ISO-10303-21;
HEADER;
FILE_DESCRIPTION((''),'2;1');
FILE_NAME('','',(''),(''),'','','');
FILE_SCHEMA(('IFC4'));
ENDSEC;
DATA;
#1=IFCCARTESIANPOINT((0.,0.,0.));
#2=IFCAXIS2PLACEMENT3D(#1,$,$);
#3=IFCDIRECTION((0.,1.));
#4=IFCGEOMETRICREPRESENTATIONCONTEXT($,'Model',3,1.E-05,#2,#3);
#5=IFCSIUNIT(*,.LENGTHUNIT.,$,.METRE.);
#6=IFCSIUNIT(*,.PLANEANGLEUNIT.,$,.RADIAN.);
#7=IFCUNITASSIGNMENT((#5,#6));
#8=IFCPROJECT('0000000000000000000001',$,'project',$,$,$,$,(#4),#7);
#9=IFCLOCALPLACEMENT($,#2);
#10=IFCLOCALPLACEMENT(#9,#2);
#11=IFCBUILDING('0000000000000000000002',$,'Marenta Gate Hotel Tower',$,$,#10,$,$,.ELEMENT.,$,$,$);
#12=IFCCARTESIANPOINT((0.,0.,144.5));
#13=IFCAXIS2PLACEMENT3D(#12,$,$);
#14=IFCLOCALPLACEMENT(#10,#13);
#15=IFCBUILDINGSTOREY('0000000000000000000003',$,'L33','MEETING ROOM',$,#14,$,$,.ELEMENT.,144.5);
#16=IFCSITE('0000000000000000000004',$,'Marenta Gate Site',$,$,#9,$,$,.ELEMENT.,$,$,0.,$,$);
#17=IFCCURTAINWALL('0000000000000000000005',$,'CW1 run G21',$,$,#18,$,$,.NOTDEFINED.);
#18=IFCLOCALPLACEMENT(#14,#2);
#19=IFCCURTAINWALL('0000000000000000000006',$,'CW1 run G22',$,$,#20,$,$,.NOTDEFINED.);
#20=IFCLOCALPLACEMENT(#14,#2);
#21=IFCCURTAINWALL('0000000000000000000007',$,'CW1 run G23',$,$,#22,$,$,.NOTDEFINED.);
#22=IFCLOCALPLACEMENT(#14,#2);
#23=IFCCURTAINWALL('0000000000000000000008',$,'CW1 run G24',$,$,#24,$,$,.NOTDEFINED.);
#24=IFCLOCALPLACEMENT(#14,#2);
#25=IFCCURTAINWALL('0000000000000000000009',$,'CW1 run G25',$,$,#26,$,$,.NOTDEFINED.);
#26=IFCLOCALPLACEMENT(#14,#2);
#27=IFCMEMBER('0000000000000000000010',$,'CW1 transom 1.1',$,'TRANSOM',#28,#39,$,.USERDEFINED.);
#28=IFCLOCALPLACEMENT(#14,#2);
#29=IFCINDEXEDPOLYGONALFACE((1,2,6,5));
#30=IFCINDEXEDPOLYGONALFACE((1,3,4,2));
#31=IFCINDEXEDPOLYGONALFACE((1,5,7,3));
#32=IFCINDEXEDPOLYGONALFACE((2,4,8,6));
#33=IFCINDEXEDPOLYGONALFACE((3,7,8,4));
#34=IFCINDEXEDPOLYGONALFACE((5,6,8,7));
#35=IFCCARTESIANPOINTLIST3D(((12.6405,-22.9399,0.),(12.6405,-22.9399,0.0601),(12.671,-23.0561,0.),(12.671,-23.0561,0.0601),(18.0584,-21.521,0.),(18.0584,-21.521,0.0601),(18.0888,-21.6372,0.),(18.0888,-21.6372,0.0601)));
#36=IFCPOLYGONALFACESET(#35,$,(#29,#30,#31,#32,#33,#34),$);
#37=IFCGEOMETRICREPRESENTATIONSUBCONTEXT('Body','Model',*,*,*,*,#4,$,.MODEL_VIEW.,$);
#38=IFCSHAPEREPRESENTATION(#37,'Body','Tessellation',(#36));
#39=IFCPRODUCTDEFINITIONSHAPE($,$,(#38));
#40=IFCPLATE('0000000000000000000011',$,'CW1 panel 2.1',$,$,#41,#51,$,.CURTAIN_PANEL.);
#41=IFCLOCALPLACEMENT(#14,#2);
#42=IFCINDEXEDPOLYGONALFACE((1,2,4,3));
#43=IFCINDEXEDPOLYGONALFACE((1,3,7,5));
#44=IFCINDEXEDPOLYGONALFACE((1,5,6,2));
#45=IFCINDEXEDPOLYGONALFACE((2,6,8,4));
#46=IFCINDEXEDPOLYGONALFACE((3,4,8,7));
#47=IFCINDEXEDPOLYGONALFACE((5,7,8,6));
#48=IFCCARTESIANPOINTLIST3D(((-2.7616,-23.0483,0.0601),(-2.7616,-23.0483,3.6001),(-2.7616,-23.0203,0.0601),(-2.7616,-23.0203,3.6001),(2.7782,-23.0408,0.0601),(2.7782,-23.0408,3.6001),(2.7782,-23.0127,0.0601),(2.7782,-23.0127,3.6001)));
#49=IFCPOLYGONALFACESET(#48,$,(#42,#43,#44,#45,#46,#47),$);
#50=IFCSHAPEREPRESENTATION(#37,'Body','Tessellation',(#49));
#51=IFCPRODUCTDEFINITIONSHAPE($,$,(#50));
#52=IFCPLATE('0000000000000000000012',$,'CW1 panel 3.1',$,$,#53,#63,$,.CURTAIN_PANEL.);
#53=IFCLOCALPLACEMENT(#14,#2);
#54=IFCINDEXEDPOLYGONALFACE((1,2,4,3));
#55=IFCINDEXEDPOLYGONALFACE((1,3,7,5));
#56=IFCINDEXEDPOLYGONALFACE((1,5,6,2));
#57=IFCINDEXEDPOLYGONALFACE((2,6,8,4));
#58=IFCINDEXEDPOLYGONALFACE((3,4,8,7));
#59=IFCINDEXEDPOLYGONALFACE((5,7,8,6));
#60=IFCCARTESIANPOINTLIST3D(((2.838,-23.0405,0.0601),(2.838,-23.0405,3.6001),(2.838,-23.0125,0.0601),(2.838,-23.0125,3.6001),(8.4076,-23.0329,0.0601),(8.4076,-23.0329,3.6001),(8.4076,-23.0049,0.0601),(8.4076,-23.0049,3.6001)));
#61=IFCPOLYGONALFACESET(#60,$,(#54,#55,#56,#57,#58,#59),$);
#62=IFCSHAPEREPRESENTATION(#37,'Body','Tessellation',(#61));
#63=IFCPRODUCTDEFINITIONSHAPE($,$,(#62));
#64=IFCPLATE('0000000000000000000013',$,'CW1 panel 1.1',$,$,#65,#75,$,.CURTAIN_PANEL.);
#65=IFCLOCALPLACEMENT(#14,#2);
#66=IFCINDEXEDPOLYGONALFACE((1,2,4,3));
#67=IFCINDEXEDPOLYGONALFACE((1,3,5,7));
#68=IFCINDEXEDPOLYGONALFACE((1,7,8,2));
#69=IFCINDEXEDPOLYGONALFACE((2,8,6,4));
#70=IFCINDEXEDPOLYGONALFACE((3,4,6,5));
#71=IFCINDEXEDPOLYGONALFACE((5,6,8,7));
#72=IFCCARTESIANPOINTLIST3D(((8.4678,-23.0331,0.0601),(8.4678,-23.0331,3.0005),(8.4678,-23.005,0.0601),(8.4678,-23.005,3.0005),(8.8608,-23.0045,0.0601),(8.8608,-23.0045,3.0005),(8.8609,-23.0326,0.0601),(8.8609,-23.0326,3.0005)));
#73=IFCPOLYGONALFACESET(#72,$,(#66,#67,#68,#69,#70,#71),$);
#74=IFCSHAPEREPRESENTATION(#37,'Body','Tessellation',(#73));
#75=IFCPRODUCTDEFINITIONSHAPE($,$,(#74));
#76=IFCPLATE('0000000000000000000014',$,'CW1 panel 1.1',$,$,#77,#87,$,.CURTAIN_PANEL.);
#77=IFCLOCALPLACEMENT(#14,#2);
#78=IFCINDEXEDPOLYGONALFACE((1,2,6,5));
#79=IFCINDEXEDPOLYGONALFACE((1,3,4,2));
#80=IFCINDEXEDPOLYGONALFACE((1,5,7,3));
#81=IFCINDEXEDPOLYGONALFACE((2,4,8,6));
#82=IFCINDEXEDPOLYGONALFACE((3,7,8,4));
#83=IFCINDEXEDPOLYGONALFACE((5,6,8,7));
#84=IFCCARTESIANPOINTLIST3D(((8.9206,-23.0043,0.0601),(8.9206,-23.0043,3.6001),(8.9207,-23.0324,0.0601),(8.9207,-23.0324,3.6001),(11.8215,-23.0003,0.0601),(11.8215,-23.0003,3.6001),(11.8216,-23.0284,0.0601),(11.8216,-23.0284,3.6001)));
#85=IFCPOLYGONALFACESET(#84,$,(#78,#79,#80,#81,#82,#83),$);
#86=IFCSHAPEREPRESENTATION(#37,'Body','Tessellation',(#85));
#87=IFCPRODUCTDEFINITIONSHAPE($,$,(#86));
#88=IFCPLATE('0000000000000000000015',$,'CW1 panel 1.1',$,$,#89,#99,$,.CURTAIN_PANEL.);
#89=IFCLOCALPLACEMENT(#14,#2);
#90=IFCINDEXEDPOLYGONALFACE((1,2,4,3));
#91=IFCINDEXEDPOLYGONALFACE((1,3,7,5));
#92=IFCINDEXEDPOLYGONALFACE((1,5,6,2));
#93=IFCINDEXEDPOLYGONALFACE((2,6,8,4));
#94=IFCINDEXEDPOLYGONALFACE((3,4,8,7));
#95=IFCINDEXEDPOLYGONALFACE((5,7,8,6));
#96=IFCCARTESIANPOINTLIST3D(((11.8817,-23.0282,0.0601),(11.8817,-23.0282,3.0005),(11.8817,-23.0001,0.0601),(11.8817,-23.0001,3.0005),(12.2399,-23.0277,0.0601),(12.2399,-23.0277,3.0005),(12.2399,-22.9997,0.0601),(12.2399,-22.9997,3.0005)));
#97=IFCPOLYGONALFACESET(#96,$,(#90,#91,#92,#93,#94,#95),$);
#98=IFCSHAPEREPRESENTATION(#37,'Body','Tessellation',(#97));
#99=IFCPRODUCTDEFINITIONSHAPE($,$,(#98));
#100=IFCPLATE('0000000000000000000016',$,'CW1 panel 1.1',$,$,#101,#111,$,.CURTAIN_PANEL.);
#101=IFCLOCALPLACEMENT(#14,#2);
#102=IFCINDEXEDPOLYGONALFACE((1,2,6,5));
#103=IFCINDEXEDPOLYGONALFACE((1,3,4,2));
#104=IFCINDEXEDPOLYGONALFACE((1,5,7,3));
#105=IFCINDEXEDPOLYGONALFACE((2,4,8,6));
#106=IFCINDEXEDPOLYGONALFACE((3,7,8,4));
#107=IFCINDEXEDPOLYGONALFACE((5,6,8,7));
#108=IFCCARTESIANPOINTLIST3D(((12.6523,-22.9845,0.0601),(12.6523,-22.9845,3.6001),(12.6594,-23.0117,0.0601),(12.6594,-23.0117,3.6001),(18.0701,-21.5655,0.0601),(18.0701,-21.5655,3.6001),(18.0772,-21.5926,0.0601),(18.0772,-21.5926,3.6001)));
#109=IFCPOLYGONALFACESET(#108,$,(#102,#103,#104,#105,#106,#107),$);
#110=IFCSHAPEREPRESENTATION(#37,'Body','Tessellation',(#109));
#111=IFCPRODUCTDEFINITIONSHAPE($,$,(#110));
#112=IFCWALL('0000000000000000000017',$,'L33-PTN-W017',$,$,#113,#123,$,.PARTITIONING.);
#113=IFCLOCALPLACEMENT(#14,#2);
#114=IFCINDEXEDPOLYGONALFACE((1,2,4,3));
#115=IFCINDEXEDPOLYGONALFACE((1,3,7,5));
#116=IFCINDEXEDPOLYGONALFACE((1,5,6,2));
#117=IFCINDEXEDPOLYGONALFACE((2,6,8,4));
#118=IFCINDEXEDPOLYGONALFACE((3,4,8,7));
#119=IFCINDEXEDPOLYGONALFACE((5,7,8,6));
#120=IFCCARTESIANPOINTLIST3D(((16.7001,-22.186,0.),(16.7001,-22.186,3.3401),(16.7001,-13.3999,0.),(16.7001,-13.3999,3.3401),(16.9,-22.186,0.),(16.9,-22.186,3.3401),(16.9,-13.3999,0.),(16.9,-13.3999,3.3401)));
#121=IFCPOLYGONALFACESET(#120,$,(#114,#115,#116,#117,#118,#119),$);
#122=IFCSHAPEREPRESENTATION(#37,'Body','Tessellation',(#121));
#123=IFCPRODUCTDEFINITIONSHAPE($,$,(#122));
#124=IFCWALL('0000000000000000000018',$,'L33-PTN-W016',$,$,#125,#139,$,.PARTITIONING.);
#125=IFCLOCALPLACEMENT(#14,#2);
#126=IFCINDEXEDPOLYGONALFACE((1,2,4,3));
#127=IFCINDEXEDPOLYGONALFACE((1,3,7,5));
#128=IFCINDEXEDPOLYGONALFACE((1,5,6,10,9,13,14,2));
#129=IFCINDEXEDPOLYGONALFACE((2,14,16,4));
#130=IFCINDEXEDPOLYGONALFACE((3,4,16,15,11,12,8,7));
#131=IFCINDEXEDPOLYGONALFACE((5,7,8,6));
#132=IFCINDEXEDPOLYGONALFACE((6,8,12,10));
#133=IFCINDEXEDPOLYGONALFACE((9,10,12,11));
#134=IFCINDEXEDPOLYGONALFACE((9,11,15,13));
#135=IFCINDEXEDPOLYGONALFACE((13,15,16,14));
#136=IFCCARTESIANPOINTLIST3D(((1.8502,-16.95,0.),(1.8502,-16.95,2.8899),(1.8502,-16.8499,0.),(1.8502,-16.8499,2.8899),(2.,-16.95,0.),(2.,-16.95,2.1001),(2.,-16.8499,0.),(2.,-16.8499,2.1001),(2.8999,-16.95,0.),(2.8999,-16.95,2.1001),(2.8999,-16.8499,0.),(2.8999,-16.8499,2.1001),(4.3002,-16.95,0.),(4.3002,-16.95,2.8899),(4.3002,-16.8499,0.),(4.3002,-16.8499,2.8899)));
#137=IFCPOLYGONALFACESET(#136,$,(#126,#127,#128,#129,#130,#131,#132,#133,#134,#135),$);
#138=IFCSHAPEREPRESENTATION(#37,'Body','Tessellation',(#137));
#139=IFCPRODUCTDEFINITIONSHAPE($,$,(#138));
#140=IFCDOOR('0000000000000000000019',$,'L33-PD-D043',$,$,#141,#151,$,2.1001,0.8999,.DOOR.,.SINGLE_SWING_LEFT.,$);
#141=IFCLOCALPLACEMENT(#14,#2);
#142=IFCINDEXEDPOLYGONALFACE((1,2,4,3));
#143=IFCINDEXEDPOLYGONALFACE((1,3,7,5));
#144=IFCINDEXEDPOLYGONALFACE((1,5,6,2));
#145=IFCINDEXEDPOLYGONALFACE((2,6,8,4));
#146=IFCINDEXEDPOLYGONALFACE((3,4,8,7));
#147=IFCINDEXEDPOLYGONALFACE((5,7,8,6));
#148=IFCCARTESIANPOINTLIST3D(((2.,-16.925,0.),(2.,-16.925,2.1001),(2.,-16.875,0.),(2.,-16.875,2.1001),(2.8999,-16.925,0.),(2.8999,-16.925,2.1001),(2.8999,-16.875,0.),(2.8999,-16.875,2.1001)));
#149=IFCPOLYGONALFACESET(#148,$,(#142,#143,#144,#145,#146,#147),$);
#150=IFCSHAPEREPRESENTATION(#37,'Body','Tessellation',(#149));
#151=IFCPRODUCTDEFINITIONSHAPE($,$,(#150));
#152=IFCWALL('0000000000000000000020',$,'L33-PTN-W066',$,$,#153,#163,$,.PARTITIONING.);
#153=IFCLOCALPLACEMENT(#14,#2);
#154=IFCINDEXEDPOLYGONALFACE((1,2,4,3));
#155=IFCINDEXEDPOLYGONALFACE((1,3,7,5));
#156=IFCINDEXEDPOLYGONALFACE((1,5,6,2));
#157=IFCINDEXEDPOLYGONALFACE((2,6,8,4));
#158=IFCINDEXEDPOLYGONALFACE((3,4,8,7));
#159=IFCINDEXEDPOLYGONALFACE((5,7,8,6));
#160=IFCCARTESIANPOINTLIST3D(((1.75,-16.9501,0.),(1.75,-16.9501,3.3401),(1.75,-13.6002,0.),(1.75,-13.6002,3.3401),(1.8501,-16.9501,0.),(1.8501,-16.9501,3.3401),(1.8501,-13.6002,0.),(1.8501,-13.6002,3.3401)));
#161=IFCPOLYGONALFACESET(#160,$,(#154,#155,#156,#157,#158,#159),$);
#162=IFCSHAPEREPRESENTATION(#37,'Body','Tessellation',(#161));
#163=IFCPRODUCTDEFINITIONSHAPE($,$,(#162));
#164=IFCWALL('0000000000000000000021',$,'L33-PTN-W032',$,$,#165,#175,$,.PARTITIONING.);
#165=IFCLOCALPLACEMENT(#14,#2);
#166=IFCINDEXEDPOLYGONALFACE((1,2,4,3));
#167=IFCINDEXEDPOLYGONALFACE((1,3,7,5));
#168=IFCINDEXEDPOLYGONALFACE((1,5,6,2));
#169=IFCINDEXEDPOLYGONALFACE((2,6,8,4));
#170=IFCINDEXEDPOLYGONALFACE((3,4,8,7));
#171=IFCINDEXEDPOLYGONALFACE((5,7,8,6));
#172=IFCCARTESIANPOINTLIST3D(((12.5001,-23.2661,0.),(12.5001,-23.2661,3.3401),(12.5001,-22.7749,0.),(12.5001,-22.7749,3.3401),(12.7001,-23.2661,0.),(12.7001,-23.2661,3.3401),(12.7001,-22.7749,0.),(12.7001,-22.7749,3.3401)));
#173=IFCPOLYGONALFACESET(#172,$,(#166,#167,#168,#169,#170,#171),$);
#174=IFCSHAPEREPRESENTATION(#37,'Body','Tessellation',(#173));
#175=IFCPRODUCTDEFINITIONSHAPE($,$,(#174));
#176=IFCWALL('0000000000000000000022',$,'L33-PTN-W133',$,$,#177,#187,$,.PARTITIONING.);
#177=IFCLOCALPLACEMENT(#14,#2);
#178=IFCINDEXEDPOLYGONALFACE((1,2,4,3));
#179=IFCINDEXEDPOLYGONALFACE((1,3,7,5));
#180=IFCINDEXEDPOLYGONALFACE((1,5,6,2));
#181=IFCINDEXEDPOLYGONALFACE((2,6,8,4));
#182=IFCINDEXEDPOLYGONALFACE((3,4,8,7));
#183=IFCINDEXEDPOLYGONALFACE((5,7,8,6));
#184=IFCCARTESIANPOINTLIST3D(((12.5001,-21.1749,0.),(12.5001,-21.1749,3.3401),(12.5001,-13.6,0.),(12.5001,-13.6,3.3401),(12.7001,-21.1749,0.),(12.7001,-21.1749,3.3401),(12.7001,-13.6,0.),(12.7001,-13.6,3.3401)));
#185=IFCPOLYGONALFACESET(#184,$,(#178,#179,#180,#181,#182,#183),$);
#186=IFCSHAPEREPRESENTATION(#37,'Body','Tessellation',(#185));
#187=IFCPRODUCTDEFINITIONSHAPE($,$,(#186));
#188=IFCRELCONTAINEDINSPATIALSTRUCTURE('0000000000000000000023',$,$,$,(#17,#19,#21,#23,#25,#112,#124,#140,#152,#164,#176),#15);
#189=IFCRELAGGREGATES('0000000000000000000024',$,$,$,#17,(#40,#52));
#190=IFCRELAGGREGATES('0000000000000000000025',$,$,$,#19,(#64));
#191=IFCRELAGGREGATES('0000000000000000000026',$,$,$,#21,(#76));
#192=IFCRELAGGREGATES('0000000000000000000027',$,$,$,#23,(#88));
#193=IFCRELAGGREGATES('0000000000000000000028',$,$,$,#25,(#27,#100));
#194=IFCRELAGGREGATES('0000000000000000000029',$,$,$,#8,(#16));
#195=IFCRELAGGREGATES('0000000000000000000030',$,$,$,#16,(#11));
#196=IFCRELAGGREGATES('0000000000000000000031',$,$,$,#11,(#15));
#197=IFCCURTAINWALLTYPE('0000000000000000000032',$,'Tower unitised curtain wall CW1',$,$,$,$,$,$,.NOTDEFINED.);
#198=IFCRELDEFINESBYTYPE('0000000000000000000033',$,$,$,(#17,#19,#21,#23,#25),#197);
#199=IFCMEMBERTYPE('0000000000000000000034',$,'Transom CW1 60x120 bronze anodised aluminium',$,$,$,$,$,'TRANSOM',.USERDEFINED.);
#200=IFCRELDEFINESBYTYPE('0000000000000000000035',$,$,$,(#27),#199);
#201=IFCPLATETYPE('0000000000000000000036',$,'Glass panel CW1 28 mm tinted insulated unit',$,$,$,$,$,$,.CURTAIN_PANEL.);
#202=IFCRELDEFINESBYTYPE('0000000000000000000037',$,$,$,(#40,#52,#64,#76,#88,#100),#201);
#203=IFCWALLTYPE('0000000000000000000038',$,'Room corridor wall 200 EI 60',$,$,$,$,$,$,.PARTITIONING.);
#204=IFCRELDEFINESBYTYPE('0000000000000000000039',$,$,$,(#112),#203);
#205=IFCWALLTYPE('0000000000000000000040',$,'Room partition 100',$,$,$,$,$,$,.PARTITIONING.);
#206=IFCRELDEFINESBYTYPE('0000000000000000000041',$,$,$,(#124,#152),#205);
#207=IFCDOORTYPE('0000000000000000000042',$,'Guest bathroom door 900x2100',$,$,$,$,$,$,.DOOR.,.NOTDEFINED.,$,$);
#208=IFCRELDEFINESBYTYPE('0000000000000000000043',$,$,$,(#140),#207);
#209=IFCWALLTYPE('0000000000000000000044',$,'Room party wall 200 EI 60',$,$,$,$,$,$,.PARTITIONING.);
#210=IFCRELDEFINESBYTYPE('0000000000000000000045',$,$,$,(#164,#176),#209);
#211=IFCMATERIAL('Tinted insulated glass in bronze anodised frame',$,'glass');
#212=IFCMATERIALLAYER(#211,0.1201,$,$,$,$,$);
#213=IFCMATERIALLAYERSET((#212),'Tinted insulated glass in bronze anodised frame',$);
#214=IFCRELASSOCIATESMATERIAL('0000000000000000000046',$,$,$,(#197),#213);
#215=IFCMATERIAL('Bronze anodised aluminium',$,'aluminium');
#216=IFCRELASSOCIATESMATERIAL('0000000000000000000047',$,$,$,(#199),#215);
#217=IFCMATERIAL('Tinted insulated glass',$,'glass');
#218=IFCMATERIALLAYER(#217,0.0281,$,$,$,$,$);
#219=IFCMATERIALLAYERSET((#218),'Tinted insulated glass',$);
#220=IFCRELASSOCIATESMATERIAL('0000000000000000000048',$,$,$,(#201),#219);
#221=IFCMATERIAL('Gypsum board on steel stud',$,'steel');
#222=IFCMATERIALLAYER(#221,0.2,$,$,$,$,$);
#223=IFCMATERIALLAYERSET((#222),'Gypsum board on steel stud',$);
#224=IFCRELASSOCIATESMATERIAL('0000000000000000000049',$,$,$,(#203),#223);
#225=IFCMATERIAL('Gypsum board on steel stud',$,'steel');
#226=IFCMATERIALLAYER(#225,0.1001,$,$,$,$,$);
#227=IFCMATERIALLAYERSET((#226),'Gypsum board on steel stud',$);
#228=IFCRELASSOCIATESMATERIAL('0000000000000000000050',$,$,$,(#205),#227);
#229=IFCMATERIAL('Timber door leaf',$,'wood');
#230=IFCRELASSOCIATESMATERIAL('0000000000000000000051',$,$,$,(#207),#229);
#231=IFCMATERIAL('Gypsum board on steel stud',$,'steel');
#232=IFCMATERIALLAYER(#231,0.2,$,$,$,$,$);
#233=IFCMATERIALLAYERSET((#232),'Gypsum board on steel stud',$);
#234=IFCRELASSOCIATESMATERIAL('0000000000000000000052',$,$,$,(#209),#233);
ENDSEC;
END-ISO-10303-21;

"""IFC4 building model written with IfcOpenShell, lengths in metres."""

from ifc_helpers import new_model, si_unit, direction, frame, frame_2d, origin, origin_2d, place, context, subcontext, project, spatial, rectangle, extrude, material, layer, layer_set, material_profile, profile_set, type_object, element, fill, aggregate, save


model = new_model("IFC4")

# Units and contexts
model_context = context("Model", 3, precision=1e-05, world=origin(), true_north=direction((0.0, 1.0)))
body_context = subcontext(model_context, "Body", "Model", "MODEL_VIEW")
ifc_project = project(units=[si_unit("LENGTHUNIT", "METRE"), si_unit("PLANEANGLEUNIT", "RADIAN")], contexts=[model_context])

# Site, building, storey
site_placement = place(None, origin())
site = spatial("IfcSite", under=ifc_project, at=site_placement, Name="Marenta Gate Site", CompositionType="ELEMENT", RefElevation=0.0)
building_placement = place(site_placement, origin())
building = spatial("IfcBuilding", under=site, at=building_placement, Name="Marenta Gate Hotel Tower", CompositionType="ELEMENT")
storey_placement = place(building_placement, frame((0.0, 0.0, 144.5)))
storey = spatial("IfcBuildingStorey", under=building, at=storey_placement, Name="L33", Description="MEETING ROOM", CompositionType="ELEMENT", Elevation=144.5)

# Curtain walls
ifc_material_1 = material(Name="Tinted insulated glass in bronze anodised frame", Category="glass")
ifc_layer_1 = layer(ifc_material_1, 0.1201)
ifc_layer_set_1 = layer_set([ifc_layer_1], Name="Tinted insulated glass in bronze anodised frame")
curtain_wall_type = type_object("IfcCurtainWallType", Name="Tower unitised curtain wall CW1", PredefinedType="NOTDEFINED", material=ifc_layer_set_1)
curtain_wall_1_placement = place(storey_placement, origin())
curtain_wall_1 = element("IfcCurtainWall", 1, at=curtain_wall_1_placement, inside=storey, type_object=curtain_wall_type, Name="CW1 run G21", PredefinedType="NOTDEFINED")
curtain_wall_2_placement = place(storey_placement, origin())
curtain_wall_2 = element("IfcCurtainWall", 2, at=curtain_wall_2_placement, inside=storey, type_object=curtain_wall_type, Name="CW1 run G22", PredefinedType="NOTDEFINED")
curtain_wall_3_placement = place(storey_placement, origin())
curtain_wall_3 = element("IfcCurtainWall", 3, at=curtain_wall_3_placement, inside=storey, type_object=curtain_wall_type, Name="CW1 run G23", PredefinedType="NOTDEFINED")

# Curtain wall
curtain_wall_4_placement = place(storey_placement, origin())
curtain_wall_4 = element("IfcCurtainWall", 4, at=curtain_wall_4_placement, inside=storey, type_object=curtain_wall_type, Name="CW1 run G24", PredefinedType="NOTDEFINED")

# Curtain wall
curtain_wall_5_placement = place(storey_placement, origin())
curtain_wall_5 = element("IfcCurtainWall", 5, at=curtain_wall_5_placement, inside=storey, type_object=curtain_wall_type, Name="CW1 run G25", PredefinedType="NOTDEFINED")

# Member
ifc_material_2 = material(Name="Bronze anodised aluminium", Category="aluminium")
ifc_material_profile_1 = material_profile(ifc_material_2, rectangle(XDim=0.1201, YDim=0.0601, at=origin_2d()), Name="Transom CW1 60x120 bronze anodised aluminium")
ifc_profile_set_1 = profile_set([ifc_material_profile_1], Name="Bronze anodised aluminium")
member_type_1 = type_object("IfcMemberType", Name="Transom CW1 60x120 bronze anodised aluminium", ElementType="TRANSOM", PredefinedType="USERDEFINED", material=ifc_profile_set_1)
member_1_placement = place(storey_placement, frame((12.6558, -22.998, 0.03), z_axis=(0.967374, 0.253352, 0.0), x_axis=(-0.253352, 0.967374, 0.0)))
member_1 = element("IfcMember", 6, at=member_1_placement, type_object=member_type_1, Name="CW1 transom 1.1", ObjectType="TRANSOM", PredefinedType="USERDEFINED", context=body_context, shape_type="SweptSolid", body=[
    extrude(rectangle(XDim=0.1201, YDim=0.0601, at=origin_2d()), origin(), (0.0, 0.0, 1.0), 5.6006),
])

# Plates
ifc_material_3 = material(Name="Tinted insulated glass", Category="glass")
ifc_layer_2 = layer(ifc_material_3, 0.0281)
ifc_layer_set_2 = layer_set([ifc_layer_2], Name="Tinted insulated glass")
plate_type = type_object("IfcPlateType", Name="Glass panel CW1 28 mm tinted insulated unit", PredefinedType="CURTAIN_PANEL", material=ifc_layer_set_2)
plate_1_placement = place(storey_placement, frame((0.0083, -23.0305, 0.0601), z_axis=(0.0, 0.0, 1.0), x_axis=(0.999999, 0.001363, 0.0)))
plate_1 = element("IfcPlate", 7, at=plate_1_placement, type_object=plate_type, Name="CW1 panel 2.1", PredefinedType="CURTAIN_PANEL", context=body_context, shape_type="SweptSolid", body=[
    extrude(rectangle(XDim=5.5398, YDim=0.0281, at=origin_2d()), origin(), (0.0, 0.0, 1.0), 3.54),
])
plate_2_placement = place(storey_placement, frame((5.6228, -23.0227, 0.0601), z_axis=(0.0, 0.0, 1.0), x_axis=(0.999999, 0.001363, 0.0)))
plate_2 = element("IfcPlate", 8, at=plate_2_placement, type_object=plate_type, Name="CW1 panel 3.1", PredefinedType="CURTAIN_PANEL", context=body_context, shape_type="SweptSolid", body=[
    extrude(rectangle(XDim=5.5696, YDim=0.0281, at=origin_2d()), origin(), (0.0, 0.0, 1.0), 3.54),
])
aggregate(curtain_wall_1, [plate_1, plate_2])
plate_3_placement = place(storey_placement, frame((8.6643, -23.0188, 0.0601), z_axis=(0.0, 0.0, 1.0), x_axis=(0.999999, 0.001325, 0.0)))
plate_3 = element("IfcPlate", 9, at=plate_3_placement, type_object=plate_type, Name="CW1 panel 1.1", PredefinedType="CURTAIN_PANEL", context=body_context, shape_type="SweptSolid", body=[
    extrude(rectangle(XDim=0.3931, YDim=0.0281, at=origin_2d()), origin(), (0.0, 0.0, 1.0), 2.9404),
])
aggregate(curtain_wall_2, [plate_3])
plate_4_placement = place(storey_placement, frame((10.3711, -23.0164, 0.0601), z_axis=(0.0, 0.0, 1.0), x_axis=(0.999999, 0.001385, 0.0)))
plate_4 = element("IfcPlate", 10, at=plate_4_placement, type_object=plate_type, Name="CW1 panel 1.1", PredefinedType="CURTAIN_PANEL", context=body_context, shape_type="SweptSolid", body=[
    extrude(rectangle(XDim=2.9009, YDim=0.0281, at=origin_2d()), origin(), (0.0, 0.0, 1.0), 3.54),
])
aggregate(curtain_wall_3, [plate_4])
plate_5_placement = place(storey_placement, frame((12.0608, -23.0139, 0.0601), z_axis=(0.0, 0.0, 1.0), x_axis=(0.999999, 0.001255, 0.0)))
plate_5 = element("IfcPlate", 11, at=plate_5_placement, type_object=plate_type, Name="CW1 panel 1.1", PredefinedType="CURTAIN_PANEL", context=body_context, shape_type="SweptSolid", body=[
    extrude(rectangle(XDim=0.3582, YDim=0.0281, at=origin_2d()), origin(), (0.0, 0.0, 1.0), 2.9404),
])
aggregate(curtain_wall_4, [plate_5])
plate_6_placement = place(storey_placement, frame((15.3647, -22.2886, 0.0601), z_axis=(0.0, 0.0, 1.0), x_axis=(0.967368, 0.253374, 0.0)))
plate_6 = element("IfcPlate", 12, at=plate_6_placement, type_object=plate_type, Name="CW1 panel 1.1", PredefinedType="CURTAIN_PANEL", context=body_context, shape_type="SweptSolid", body=[
    extrude(rectangle(XDim=5.6006, YDim=0.0281, at=origin_2d()), origin(), (0.0, 0.0, 1.0), 3.54),
])
aggregate(curtain_wall_5, [member_1, plate_6])

# Wall
ifc_material_4 = material(Name="Gypsum board on steel stud", Category="steel")
ifc_layer_3 = layer(ifc_material_4, 0.2)
ifc_layer_set_3 = layer_set([ifc_layer_3], Name="Gypsum board on steel stud")
wall_type_1 = type_object("IfcWallType", Name="Room corridor wall 200 EI 60", PredefinedType="PARTITIONING", material=ifc_layer_set_3)
wall_1_placement = place(storey_placement, frame((16.8, -22.186, 0.0), z_axis=(0.0, 0.0, 1.0), x_axis=(0.0, 1.0, 0.0)))
element("IfcWall", 13, at=wall_1_placement, inside=storey, type_object=wall_type_1, Name="L33-PTN-W017", PredefinedType="PARTITIONING", context=body_context, shape_type="SweptSolid", body=[
    extrude(rectangle(XDim=8.7861, YDim=0.2, at=frame_2d((4.3931, 0.0))), origin(), (0.0, 0.0, 1.0), 3.3401),
])

# Wall, opening, door
ifc_material_5 = material(Name="Gypsum board on steel stud", Category="steel")
ifc_layer_4 = layer(ifc_material_5, 0.1001)
ifc_layer_set_4 = layer_set([ifc_layer_4], Name="Gypsum board on steel stud")
wall_type_2 = type_object("IfcWallType", Name="Room partition 100", PredefinedType="PARTITIONING", material=ifc_layer_set_4)
wall_2_placement = place(storey_placement, frame((1.8501, -16.8999, 0.0), z_axis=(0.0, 0.0, 1.0), x_axis=(1.0, 0.0, 0.0)))
wall_2 = element("IfcWall", 14, at=wall_2_placement, inside=storey, type_object=wall_type_2, Name="L33-PTN-W016", PredefinedType="PARTITIONING", context=body_context, shape_type="SweptSolid", body=[
    extrude(rectangle(XDim=2.45, YDim=0.1001, at=frame_2d((1.2251, 0.0))), origin(), (0.0, 0.0, 1.0), 2.8899),
])
opening_placement = place(wall_2_placement, frame((0.1499, 0.0, 0.0)))
opening = element("IfcOpeningElement", 15, at=opening_placement, cuts=wall_2, PredefinedType="OPENING", context=body_context, shape_type="SweptSolid", body=[
    extrude(rectangle(XDim=0.8999, YDim=2.1001, at=frame_2d((0.45, 1.05))), frame((0.0, 0.05, 0.0), z_axis=(0.0, -1.0, 0.0), x_axis=(1.0, 0.0, 0.0)), (0.0, 0.0, 1.0), 0.1001),
])
ifc_material_6 = material(Name="Timber door leaf", Category="wood")
door_type = type_object("IfcDoorType", Name="Guest bathroom door 900x2100", OperationType="NOTDEFINED", PredefinedType="DOOR", material=ifc_material_6)
door_placement = place(opening_placement, origin())
door = element("IfcDoor", 16, at=door_placement, inside=storey, type_object=door_type, Name="L33-PD-D043", OperationType="SINGLE_SWING_LEFT", OverallHeight=2.1001, OverallWidth=0.8999, PredefinedType="DOOR", context=body_context, shape_type="SweptSolid", body=[
    extrude(rectangle(XDim=0.8999, YDim=2.1001, at=frame_2d((0.45, 1.05))), frame((0.0, 0.0249, 0.0), z_axis=(0.0, -1.0, 0.0), x_axis=(1.0, 0.0, 0.0)), (0.0, 0.0, 1.0), 0.05),
])
fill(opening, door)

# Walls
wall_3_placement = place(storey_placement, frame((1.8, -16.95, 0.0), z_axis=(0.0, 0.0, 1.0), x_axis=(0.0, 1.0, 0.0)))
element("IfcWall", 17, at=wall_3_placement, inside=storey, type_object=wall_type_2, Name="L33-PTN-W066", PredefinedType="PARTITIONING", context=body_context, shape_type="SweptSolid", body=[
    extrude(rectangle(XDim=3.3499, YDim=0.1001, at=frame_2d((1.6748, 0.0))), origin(), (0.0, 0.0, 1.0), 3.3401),
])
ifc_material_7 = material(Name="Gypsum board on steel stud", Category="steel")
ifc_layer_5 = layer(ifc_material_7, 0.2)
ifc_layer_set_5 = layer_set([ifc_layer_5], Name="Gypsum board on steel stud")
wall_type_3 = type_object("IfcWallType", Name="Room party wall 200 EI 60", PredefinedType="PARTITIONING", material=ifc_layer_set_5)
wall_4_placement = place(storey_placement, frame((12.6001, -23.2661, 0.0), z_axis=(0.0, 0.0, 1.0), x_axis=(0.0, 1.0, 0.0)))
element("IfcWall", 18, at=wall_4_placement, inside=storey, type_object=wall_type_3, Name="L33-PTN-W032", PredefinedType="PARTITIONING", context=body_context, shape_type="SweptSolid", body=[
    extrude(rectangle(XDim=0.4912, YDim=0.2, at=frame_2d((0.2456, 0.0))), origin(), (0.0, 0.0, 1.0), 3.3401),
])
wall_5_placement = place(storey_placement, frame((12.6001, -21.175, 0.0), z_axis=(0.0, 0.0, 1.0), x_axis=(0.0, 1.0, 0.0)))
element("IfcWall", 19, at=wall_5_placement, inside=storey, type_object=wall_type_3, Name="L33-PTN-W133", PredefinedType="PARTITIONING", context=body_context, shape_type="SweptSolid", body=[
    extrude(rectangle(XDim=7.575, YDim=0.2, at=frame_2d((3.7876, 0.0))), origin(), (0.0, 0.0, 1.0), 3.3401),
])

save(model, "model.ifc")
